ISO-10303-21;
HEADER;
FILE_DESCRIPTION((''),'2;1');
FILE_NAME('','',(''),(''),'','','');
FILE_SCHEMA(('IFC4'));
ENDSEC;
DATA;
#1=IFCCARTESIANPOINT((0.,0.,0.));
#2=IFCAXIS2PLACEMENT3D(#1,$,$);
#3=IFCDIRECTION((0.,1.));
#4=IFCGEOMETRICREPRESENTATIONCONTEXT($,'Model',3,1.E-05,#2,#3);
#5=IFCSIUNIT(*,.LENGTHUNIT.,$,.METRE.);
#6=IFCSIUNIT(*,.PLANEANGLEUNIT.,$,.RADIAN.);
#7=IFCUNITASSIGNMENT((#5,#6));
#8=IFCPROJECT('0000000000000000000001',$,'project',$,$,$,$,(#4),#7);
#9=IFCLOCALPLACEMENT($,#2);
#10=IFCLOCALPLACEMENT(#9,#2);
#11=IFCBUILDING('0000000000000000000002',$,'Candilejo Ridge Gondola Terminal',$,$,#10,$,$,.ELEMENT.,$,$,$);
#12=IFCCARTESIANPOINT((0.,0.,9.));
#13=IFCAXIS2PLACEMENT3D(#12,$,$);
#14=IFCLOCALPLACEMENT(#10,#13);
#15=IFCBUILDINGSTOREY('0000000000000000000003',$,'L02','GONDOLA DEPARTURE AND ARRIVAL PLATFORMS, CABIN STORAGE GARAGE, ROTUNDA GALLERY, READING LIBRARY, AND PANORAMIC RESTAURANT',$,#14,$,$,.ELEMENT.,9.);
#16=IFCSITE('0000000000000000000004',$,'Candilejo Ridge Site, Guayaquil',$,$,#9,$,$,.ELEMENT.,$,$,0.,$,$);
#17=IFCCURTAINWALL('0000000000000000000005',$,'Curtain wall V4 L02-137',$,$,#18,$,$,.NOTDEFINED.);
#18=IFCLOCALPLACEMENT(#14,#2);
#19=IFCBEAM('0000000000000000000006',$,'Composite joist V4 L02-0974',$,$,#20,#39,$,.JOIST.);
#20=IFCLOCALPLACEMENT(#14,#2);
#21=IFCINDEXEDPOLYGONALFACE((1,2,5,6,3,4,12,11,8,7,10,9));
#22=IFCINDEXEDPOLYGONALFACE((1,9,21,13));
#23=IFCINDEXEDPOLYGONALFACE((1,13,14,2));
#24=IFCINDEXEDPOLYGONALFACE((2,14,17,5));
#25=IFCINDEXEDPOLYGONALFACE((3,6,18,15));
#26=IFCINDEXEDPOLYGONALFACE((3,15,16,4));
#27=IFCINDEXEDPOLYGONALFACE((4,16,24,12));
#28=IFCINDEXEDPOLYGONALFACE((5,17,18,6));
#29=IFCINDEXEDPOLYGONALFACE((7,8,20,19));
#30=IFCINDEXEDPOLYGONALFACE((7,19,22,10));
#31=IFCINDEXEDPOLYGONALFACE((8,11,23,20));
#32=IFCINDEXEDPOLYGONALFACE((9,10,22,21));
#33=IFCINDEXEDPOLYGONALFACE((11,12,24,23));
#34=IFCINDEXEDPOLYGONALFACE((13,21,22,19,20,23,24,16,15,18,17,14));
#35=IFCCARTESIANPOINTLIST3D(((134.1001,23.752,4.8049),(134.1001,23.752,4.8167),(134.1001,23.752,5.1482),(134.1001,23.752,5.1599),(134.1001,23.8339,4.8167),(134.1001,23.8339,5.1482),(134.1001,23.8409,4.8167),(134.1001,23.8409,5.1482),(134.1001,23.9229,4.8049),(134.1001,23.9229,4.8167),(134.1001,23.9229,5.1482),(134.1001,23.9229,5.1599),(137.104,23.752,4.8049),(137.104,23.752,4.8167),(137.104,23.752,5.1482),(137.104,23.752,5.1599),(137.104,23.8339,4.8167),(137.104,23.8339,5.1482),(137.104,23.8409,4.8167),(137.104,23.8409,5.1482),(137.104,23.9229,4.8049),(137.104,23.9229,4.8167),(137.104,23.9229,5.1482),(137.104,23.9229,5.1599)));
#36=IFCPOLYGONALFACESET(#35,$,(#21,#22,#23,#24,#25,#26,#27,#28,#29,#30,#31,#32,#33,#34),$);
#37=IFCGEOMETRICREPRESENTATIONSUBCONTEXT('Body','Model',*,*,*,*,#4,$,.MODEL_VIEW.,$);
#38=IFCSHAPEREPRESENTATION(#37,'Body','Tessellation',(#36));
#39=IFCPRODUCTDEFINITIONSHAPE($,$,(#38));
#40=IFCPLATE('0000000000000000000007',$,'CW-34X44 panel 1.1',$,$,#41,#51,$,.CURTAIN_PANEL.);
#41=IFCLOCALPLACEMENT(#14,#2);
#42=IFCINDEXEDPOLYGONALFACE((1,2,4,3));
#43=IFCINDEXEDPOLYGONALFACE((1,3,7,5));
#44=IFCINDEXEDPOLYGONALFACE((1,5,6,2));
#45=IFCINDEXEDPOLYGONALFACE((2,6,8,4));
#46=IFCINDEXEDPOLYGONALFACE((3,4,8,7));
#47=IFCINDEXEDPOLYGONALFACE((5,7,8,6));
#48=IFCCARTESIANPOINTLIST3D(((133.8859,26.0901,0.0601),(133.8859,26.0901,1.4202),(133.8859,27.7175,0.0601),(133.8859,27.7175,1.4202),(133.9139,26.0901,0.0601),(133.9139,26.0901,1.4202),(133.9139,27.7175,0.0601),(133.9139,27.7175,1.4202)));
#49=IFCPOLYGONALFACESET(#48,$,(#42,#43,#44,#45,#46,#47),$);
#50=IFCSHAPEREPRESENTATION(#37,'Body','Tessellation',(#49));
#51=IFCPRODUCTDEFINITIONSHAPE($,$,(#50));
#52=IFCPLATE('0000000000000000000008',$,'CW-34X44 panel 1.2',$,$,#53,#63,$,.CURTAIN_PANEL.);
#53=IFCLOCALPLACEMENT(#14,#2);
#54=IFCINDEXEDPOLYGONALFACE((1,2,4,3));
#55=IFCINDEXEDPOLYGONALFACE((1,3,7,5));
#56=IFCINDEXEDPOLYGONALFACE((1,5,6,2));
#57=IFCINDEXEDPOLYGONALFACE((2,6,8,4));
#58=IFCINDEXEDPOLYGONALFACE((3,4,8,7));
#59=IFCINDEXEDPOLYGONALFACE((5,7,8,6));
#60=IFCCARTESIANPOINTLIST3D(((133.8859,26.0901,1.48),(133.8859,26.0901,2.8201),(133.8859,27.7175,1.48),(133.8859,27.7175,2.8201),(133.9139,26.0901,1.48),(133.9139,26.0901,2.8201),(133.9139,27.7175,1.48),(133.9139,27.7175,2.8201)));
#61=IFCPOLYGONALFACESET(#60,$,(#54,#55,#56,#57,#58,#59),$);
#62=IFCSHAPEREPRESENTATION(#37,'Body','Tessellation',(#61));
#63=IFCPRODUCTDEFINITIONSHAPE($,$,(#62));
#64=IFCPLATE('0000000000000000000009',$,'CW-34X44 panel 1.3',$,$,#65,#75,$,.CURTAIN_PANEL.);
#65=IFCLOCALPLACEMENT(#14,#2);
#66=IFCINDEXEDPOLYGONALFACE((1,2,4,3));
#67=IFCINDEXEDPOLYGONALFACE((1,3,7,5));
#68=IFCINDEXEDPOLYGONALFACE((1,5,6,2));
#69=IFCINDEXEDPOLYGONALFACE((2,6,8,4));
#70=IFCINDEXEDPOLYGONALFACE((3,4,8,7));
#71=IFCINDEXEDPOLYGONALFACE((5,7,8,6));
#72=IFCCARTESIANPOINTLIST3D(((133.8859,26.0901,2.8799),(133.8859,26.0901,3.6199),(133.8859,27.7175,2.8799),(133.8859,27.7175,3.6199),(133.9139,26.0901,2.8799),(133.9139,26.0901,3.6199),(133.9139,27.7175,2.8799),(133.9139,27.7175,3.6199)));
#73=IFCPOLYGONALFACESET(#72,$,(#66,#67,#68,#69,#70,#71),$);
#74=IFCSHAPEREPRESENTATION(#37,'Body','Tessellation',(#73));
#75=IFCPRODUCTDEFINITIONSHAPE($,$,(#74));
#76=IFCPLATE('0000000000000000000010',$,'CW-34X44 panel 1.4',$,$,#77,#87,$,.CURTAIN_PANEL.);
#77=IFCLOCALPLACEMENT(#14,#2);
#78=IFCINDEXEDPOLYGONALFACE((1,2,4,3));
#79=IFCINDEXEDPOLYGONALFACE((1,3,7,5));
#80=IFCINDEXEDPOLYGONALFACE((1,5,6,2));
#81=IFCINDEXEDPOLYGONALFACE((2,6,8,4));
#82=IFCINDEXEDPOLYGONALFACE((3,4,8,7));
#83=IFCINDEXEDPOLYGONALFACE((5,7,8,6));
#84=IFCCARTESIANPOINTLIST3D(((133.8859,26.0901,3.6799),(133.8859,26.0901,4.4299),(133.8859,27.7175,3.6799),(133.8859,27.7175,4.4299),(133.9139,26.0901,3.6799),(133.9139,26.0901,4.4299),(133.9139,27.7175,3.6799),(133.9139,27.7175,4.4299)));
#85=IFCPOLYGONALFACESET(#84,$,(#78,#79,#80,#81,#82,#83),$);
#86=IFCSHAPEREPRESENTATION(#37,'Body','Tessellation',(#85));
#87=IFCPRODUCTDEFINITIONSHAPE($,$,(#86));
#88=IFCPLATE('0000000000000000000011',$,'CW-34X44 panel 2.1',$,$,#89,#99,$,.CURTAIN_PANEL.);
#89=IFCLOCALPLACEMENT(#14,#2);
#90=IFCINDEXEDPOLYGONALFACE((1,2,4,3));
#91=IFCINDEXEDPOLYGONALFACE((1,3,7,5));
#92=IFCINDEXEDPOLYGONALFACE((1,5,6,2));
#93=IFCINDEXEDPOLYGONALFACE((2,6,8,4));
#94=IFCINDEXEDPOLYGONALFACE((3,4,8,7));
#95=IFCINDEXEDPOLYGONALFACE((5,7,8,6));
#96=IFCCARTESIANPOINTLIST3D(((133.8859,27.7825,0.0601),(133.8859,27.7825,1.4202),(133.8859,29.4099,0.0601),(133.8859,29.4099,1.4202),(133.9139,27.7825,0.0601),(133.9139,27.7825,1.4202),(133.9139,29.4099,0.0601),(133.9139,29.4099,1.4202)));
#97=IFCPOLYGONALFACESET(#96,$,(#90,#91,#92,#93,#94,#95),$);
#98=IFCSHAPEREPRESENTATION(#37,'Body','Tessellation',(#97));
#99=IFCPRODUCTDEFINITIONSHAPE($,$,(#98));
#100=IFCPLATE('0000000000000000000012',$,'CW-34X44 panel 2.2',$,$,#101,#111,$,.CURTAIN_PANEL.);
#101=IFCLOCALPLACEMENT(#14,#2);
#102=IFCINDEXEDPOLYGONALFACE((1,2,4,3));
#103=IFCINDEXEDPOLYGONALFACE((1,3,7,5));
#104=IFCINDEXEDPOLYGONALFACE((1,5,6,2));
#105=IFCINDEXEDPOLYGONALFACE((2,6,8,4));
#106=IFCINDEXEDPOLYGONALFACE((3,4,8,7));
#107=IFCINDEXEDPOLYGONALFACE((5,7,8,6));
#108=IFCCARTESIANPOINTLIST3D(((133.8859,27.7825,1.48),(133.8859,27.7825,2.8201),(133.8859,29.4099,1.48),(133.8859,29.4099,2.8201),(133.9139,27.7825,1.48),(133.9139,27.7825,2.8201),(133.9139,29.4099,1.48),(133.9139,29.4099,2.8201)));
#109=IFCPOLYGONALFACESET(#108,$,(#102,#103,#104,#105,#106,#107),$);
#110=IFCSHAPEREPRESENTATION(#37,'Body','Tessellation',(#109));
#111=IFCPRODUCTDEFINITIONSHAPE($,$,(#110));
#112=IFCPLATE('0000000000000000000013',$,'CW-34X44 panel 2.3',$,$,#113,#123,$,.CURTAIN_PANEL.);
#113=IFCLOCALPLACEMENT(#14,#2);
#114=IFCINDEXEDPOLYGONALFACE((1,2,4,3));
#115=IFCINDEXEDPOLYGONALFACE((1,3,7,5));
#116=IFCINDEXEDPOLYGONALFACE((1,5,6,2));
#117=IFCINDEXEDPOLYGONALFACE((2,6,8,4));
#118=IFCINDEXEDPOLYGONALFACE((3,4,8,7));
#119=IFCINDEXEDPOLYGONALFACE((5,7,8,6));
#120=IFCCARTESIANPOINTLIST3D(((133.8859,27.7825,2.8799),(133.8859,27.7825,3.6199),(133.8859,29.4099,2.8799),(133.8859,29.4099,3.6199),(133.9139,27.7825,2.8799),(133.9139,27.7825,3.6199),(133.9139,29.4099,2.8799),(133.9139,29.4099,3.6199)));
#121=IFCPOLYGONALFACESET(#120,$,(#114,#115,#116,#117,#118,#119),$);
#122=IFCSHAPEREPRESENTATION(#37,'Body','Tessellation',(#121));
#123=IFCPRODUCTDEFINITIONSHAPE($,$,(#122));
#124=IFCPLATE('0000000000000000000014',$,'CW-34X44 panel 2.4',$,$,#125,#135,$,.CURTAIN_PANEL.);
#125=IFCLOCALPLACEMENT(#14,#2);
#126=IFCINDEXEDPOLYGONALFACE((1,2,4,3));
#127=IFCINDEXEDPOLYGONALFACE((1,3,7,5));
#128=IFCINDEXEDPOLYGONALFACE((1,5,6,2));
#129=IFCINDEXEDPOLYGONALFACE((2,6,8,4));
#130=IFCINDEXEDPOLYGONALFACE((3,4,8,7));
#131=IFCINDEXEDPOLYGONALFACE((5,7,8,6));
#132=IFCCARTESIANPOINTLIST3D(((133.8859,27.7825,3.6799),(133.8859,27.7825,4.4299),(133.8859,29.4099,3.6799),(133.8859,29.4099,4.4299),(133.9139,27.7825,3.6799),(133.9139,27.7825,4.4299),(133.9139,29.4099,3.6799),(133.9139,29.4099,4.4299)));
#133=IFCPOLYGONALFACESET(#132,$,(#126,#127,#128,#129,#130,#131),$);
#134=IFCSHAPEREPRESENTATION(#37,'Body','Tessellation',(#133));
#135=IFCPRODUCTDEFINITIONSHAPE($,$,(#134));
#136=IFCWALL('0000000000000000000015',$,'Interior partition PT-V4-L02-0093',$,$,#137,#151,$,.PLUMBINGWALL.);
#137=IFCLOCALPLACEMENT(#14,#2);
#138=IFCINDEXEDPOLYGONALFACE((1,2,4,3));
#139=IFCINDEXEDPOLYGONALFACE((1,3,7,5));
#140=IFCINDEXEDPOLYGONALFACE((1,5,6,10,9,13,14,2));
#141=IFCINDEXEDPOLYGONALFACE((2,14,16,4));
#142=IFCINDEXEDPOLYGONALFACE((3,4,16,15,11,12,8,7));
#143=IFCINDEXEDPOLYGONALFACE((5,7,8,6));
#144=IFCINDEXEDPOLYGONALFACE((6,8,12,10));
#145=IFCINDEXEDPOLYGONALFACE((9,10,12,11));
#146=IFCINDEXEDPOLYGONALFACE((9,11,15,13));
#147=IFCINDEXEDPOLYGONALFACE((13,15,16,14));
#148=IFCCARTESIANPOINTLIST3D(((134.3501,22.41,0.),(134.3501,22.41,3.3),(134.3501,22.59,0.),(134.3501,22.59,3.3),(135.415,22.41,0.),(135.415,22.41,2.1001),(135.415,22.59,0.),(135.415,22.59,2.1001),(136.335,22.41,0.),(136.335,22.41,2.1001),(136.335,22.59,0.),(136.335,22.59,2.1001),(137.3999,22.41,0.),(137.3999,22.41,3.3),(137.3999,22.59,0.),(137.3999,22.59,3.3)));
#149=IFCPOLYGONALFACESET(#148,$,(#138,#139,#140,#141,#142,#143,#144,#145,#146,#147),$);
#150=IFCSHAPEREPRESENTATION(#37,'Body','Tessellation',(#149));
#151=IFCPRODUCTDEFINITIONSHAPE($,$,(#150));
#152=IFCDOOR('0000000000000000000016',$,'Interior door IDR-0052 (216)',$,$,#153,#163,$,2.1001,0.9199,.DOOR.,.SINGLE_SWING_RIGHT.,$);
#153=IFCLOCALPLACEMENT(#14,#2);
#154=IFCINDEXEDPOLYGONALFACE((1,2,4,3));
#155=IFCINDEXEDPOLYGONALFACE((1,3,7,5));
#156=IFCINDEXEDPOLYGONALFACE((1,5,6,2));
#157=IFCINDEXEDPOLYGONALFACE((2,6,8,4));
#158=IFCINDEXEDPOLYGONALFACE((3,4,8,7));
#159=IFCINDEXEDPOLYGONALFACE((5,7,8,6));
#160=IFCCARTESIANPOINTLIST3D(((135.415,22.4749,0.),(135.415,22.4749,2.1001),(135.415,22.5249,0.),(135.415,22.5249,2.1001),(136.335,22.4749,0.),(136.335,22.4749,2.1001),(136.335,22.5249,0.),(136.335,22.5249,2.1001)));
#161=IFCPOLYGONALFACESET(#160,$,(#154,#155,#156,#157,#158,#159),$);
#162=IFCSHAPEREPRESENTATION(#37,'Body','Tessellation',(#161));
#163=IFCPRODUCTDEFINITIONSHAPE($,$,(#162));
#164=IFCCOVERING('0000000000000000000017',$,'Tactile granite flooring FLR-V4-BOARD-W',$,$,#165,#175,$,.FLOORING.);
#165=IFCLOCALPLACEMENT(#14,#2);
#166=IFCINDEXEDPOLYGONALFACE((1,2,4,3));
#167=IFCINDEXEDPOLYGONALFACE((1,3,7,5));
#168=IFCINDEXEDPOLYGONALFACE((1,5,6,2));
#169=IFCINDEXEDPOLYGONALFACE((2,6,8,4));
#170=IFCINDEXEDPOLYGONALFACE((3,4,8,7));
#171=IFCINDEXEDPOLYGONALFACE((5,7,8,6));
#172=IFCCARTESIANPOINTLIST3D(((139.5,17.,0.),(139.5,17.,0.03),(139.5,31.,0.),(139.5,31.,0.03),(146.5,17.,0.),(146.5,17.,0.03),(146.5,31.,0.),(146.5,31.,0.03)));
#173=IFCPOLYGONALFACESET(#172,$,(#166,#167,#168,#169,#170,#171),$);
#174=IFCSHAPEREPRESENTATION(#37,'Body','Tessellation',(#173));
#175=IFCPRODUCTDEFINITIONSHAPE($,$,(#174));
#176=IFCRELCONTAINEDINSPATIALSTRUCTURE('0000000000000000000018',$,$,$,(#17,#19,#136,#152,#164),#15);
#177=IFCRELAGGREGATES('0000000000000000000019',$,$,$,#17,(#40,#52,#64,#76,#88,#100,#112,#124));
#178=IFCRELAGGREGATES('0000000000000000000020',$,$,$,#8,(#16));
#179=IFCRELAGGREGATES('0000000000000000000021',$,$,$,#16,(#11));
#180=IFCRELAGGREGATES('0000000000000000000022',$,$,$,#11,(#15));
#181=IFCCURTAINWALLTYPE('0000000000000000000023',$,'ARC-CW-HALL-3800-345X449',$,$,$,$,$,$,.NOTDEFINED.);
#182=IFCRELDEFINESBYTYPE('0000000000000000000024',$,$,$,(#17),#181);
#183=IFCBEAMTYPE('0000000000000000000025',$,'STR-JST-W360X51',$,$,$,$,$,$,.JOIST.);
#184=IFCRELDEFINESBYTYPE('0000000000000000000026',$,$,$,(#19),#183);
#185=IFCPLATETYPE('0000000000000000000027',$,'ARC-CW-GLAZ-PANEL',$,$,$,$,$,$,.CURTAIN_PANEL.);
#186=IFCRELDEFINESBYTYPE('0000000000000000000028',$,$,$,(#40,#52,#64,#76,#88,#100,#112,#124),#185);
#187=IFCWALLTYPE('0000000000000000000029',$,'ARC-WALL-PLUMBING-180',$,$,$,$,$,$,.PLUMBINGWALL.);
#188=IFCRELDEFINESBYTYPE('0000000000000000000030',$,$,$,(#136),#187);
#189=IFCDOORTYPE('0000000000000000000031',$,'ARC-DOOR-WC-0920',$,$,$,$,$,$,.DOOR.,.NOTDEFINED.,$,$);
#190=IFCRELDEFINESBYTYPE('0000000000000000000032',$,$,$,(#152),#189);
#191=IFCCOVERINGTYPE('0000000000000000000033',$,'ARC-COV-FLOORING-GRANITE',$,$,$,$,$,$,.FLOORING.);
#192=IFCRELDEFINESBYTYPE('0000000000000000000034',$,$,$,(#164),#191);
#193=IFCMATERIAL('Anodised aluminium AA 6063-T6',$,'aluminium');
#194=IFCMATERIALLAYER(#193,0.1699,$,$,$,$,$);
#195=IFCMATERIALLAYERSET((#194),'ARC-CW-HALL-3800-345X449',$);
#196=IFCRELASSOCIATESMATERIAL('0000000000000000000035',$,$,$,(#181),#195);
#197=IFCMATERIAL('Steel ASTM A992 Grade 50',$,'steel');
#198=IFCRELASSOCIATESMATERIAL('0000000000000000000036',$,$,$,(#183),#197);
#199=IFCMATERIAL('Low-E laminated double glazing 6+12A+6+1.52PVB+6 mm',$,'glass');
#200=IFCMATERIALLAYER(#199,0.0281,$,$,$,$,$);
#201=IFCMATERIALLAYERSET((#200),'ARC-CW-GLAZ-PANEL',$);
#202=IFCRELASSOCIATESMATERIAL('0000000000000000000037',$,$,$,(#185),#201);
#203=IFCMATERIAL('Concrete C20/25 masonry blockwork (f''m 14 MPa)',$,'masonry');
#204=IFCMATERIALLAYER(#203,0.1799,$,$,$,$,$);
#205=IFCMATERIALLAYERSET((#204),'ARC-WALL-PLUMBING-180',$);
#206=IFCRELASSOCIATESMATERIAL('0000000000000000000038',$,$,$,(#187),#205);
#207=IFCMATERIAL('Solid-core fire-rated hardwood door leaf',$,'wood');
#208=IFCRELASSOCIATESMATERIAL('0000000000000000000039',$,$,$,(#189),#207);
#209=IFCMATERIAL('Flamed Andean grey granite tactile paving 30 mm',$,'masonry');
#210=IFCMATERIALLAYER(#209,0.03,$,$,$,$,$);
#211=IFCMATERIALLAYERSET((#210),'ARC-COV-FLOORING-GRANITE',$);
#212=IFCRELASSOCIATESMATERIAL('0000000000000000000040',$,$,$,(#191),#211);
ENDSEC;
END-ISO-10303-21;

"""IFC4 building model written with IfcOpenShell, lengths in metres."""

from ifc_helpers import new_model, si_unit, direction, frame, frame_2d, origin, origin_2d, place, context, subcontext, project, spatial, rectangle, i_section, extrude, material, layer, layer_set, material_profile, profile_set, type_object, element, fill, aggregate, save


model = new_model("IFC4")

# Units and contexts
model_context = context("Model", 3, precision=1e-05, world=origin(), true_north=direction((0.0, 1.0)))
body_context = subcontext(model_context, "Body", "Model", "MODEL_VIEW")
ifc_project = project(units=[si_unit("LENGTHUNIT", "METRE"), si_unit("PLANEANGLEUNIT", "RADIAN")], contexts=[model_context])

# Site, building, storey
site_placement = place(None, origin())
site = spatial("IfcSite", under=ifc_project, at=site_placement, Name="Candilejo Ridge Site, Guayaquil", CompositionType="ELEMENT", RefElevation=0.0)
building_placement = place(site_placement, origin())
building = spatial("IfcBuilding", under=site, at=building_placement, Name="Candilejo Ridge Gondola Terminal", CompositionType="ELEMENT")
storey_placement = place(building_placement, frame((0.0, 0.0, 9.0)))
storey = spatial("IfcBuildingStorey", under=building, at=storey_placement, Name="L02", Description="GONDOLA DEPARTURE AND ARRIVAL PLATFORMS, CABIN STORAGE GARAGE, ROTUNDA GALLERY, READING LIBRARY, AND PANORAMIC RESTAURANT", CompositionType="ELEMENT", Elevation=9.0)

# Curtain wall
ifc_material_1 = material(Name="Anodised aluminium AA 6063-T6", Category="aluminium")
ifc_layer_1 = layer(ifc_material_1, 0.1699)
ifc_layer_set_1 = layer_set([ifc_layer_1], Name="ARC-CW-HALL-3800-345X449")
curtain_wall_type_1 = type_object("IfcCurtainWallType", Name="ARC-CW-HALL-3800-345X449", PredefinedType="NOTDEFINED", material=ifc_layer_set_1)
curtain_wall_1_placement = place(storey_placement, origin())
curtain_wall_1 = element("IfcCurtainWall", 1, at=curtain_wall_1_placement, inside=storey, type_object=curtain_wall_type_1, Name="Curtain wall V4 L02-137", PredefinedType="NOTDEFINED")

# Beam
ifc_material_2 = material(Name="Steel ASTM A992 Grade 50", Category="steel")
ifc_material_profile_1 = material_profile(ifc_material_2, i_section(OverallWidth=0.1709, OverallDepth=0.355, WebThickness=0.0071, FlangeThickness=0.0117, at=origin_2d()))
ifc_profile_set_1 = profile_set([ifc_material_profile_1], Name="Steel ASTM A992 Grade 50")
beam_type_1 = type_object("IfcBeamType", Name="STR-JST-W360X51", PredefinedType="JOIST", material=ifc_profile_set_1)
for number, where, z_axis, x_axis, name in (
    (2, (134.1001, 23.8374, 4.9824), (1.0, 0.0, 0.0), (0.0, 1.0, 0.0), "Composite joist V4 L02-0974"),
):
    element("IfcBeam", number, at=place(storey_placement, frame(where, z_axis=z_axis, x_axis=x_axis)), inside=storey, type_object=beam_type_1, Name=name, PredefinedType="JOIST", context=body_context, shape_type="SweptSolid", body=[
        extrude(i_section(OverallWidth=0.1709, OverallDepth=0.355, WebThickness=0.0071, FlangeThickness=0.0117, at=origin_2d()), origin(), (0.0, 0.0, 1.0), 3.0039),
    ])

# Plates
ifc_material_3 = material(Name="Low-E laminated double glazing 6+12A+6+1.52PVB+6 mm", Category="glass")
ifc_layer_2 = layer(ifc_material_3, 0.0281)
ifc_layer_set_2 = layer_set([ifc_layer_2], Name="ARC-CW-GLAZ-PANEL")
plate_type = type_object("IfcPlateType", Name="ARC-CW-GLAZ-PANEL", PredefinedType="CURTAIN_PANEL", material=ifc_layer_set_2)
plate_1_placement = place(storey_placement, frame((133.8999, 26.9038, 0.0601), z_axis=(0.0, 0.0, 1.0), x_axis=(0.0, 1.0, 0.0)))
plate_1 = element("IfcPlate", 3, at=plate_1_placement, type_object=plate_type, Name="CW-34X44 panel 1.1", PredefinedType="CURTAIN_PANEL", context=body_context, shape_type="SweptSolid", body=[
    extrude(rectangle(XDim=1.6274, YDim=0.0281, at=origin_2d()), origin(), (0.0, 0.0, 1.0), 1.3601),
])
plate_2_placement = place(storey_placement, frame((133.8999, 26.9038, 1.48), z_axis=(0.0, 0.0, 1.0), x_axis=(0.0, 1.0, 0.0)))
plate_2 = element("IfcPlate", 4, at=plate_2_placement, type_object=plate_type, Name="CW-34X44 panel 1.2", PredefinedType="CURTAIN_PANEL", context=body_context, shape_type="SweptSolid", body=[
    extrude(rectangle(XDim=1.6274, YDim=0.0281, at=origin_2d()), origin(), (0.0, 0.0, 1.0), 1.3401),
])
plate_3_placement = place(storey_placement, frame((133.8999, 26.9038, 2.8799), z_axis=(0.0, 0.0, 1.0), x_axis=(0.0, 1.0, 0.0)))
plate_3 = element("IfcPlate", 5, at=plate_3_placement, type_object=plate_type, Name="CW-34X44 panel 1.3", PredefinedType="CURTAIN_PANEL", context=body_context, shape_type="SweptSolid", body=[
    extrude(rectangle(XDim=1.6274, YDim=0.0281, at=origin_2d()), origin(), (0.0, 0.0, 1.0), 0.74),
])
plate_4_placement = place(storey_placement, frame((133.8999, 26.9038, 3.6799), z_axis=(0.0, 0.0, 1.0), x_axis=(0.0, 1.0, 0.0)))
plate_4 = element("IfcPlate", 6, at=plate_4_placement, type_object=plate_type, Name="CW-34X44 panel 1.4", PredefinedType="CURTAIN_PANEL", context=body_context, shape_type="SweptSolid", body=[
    extrude(rectangle(XDim=1.6274, YDim=0.0281, at=origin_2d()), origin(), (0.0, 0.0, 1.0), 0.75),
])
plate_5_placement = place(storey_placement, frame((133.8999, 28.5962, 0.0601), z_axis=(0.0, 0.0, 1.0), x_axis=(0.0, 1.0, 0.0)))
plate_5 = element("IfcPlate", 7, at=plate_5_placement, type_object=plate_type, Name="CW-34X44 panel 2.1", PredefinedType="CURTAIN_PANEL", context=body_context, shape_type="SweptSolid", body=[
    extrude(rectangle(XDim=1.6274, YDim=0.0281, at=origin_2d()), origin(), (0.0, 0.0, 1.0), 1.3601),
])
plate_6_placement = place(storey_placement, frame((133.8999, 28.5962, 1.48), z_axis=(0.0, 0.0, 1.0), x_axis=(0.0, 1.0, 0.0)))
plate_6 = element("IfcPlate", 8, at=plate_6_placement, type_object=plate_type, Name="CW-34X44 panel 2.2", PredefinedType="CURTAIN_PANEL", context=body_context, shape_type="SweptSolid", body=[
    extrude(rectangle(XDim=1.6274, YDim=0.0281, at=origin_2d()), origin(), (0.0, 0.0, 1.0), 1.3401),
])
plate_7_placement = place(storey_placement, frame((133.8999, 28.5962, 2.8799), z_axis=(0.0, 0.0, 1.0), x_axis=(0.0, 1.0, 0.0)))
plate_7 = element("IfcPlate", 9, at=plate_7_placement, type_object=plate_type, Name="CW-34X44 panel 2.3", PredefinedType="CURTAIN_PANEL", context=body_context, shape_type="SweptSolid", body=[
    extrude(rectangle(XDim=1.6274, YDim=0.0281, at=origin_2d()), origin(), (0.0, 0.0, 1.0), 0.74),
])
plate_8_placement = place(storey_placement, frame((133.8999, 28.5962, 3.6799), z_axis=(0.0, 0.0, 1.0), x_axis=(0.0, 1.0, 0.0)))
plate_8 = element("IfcPlate", 10, at=plate_8_placement, type_object=plate_type, Name="CW-34X44 panel 2.4", PredefinedType="CURTAIN_PANEL", context=body_context, shape_type="SweptSolid", body=[
    extrude(rectangle(XDim=1.6274, YDim=0.0281, at=origin_2d()), origin(), (0.0, 0.0, 1.0), 0.75),
])
aggregate(curtain_wall_1, [plate_1, plate_2, plate_3, plate_4, plate_5, plate_6, plate_7, plate_8])

# Wall, opening, door
ifc_material_4 = material(Name="Concrete C20/25 masonry blockwork (f'm 14 MPa)", Category="masonry")
ifc_layer_3 = layer(ifc_material_4, 0.1799)
ifc_layer_set_3 = layer_set([ifc_layer_3], Name="ARC-WALL-PLUMBING-180")
wall_type = type_object("IfcWallType", Name="ARC-WALL-PLUMBING-180", PredefinedType="PLUMBINGWALL", material=ifc_layer_set_3)
wall_placement = place(storey_placement, frame((134.3501, 22.5, 0.0), z_axis=(0.0, 0.0, 1.0), x_axis=(1.0, 0.0, 0.0)))
wall = element("IfcWall", 11, at=wall_placement, inside=storey, type_object=wall_type, Name="Interior partition PT-V4-L02-0093", PredefinedType="PLUMBINGWALL", context=body_context, shape_type="SweptSolid", body=[
    extrude(rectangle(XDim=3.0498, YDim=0.1799, at=frame_2d((1.5249, 0.0))), origin(), (0.0, 0.0, 1.0), 3.3),
])
opening_placement = place(wall_placement, frame((1.0649, 0.0, 0.0)))
opening = element("IfcOpeningElement", 12, at=opening_placement, cuts=wall, PredefinedType="OPENING", context=body_context, shape_type="SweptSolid", body=[
    extrude(rectangle(XDim=0.9199, YDim=2.1001, at=frame_2d((0.46, 1.05))), frame((0.0, 0.0999, 0.0), z_axis=(0.0, -1.0, 0.0), x_axis=(1.0, 0.0, 0.0)), (0.0, 0.0, 1.0), 0.2),
])
ifc_material_5 = material(Name="Solid-core fire-rated hardwood door leaf", Category="wood")
door_type = type_object("IfcDoorType", Name="ARC-DOOR-WC-0920", OperationType="NOTDEFINED", PredefinedType="DOOR", material=ifc_material_5)
door_placement = place(opening_placement, origin())
door = element("IfcDoor", 13, at=door_placement, inside=storey, type_object=door_type, Name="Interior door IDR-0052 (216)", OperationType="SINGLE_SWING_RIGHT", OverallHeight=2.1001, OverallWidth=0.9199, PredefinedType="DOOR", context=body_context, shape_type="SweptSolid", body=[
    extrude(rectangle(XDim=0.9199, YDim=2.1001, at=frame_2d((0.46, 1.05))), frame((0.0, 0.0249, 0.0), z_axis=(0.0, -1.0, 0.0), x_axis=(1.0, 0.0, 0.0)), (0.0, 0.0, 1.0), 0.05),
])
fill(opening, door)

# Covering
ifc_material_6 = material(Name="Flamed Andean grey granite tactile paving 30 mm", Category="masonry")
ifc_layer_4 = layer(ifc_material_6, 0.03)
ifc_layer_set_4 = layer_set([ifc_layer_4], Name="ARC-COV-FLOORING-GRANITE")
covering_type = type_object("IfcCoveringType", Name="ARC-COV-FLOORING-GRANITE", PredefinedType="FLOORING", material=ifc_layer_set_4)
covering_placement = place(storey_placement, frame((143.0, 24.0, 0.0), z_axis=(0.0, 0.0, 1.0), x_axis=(1.0, 0.0, 0.0)))
element("IfcCovering", 14, at=covering_placement, inside=storey, type_object=covering_type, Name="Tactile granite flooring FLR-V4-BOARD-W", PredefinedType="FLOORING", context=body_context, shape_type="SweptSolid", body=[
    extrude(rectangle(XDim=7.0, YDim=14.0, at=origin_2d()), origin(), (0.0, 0.0, 1.0), 0.03),
])

save(model, "model.ifc")
